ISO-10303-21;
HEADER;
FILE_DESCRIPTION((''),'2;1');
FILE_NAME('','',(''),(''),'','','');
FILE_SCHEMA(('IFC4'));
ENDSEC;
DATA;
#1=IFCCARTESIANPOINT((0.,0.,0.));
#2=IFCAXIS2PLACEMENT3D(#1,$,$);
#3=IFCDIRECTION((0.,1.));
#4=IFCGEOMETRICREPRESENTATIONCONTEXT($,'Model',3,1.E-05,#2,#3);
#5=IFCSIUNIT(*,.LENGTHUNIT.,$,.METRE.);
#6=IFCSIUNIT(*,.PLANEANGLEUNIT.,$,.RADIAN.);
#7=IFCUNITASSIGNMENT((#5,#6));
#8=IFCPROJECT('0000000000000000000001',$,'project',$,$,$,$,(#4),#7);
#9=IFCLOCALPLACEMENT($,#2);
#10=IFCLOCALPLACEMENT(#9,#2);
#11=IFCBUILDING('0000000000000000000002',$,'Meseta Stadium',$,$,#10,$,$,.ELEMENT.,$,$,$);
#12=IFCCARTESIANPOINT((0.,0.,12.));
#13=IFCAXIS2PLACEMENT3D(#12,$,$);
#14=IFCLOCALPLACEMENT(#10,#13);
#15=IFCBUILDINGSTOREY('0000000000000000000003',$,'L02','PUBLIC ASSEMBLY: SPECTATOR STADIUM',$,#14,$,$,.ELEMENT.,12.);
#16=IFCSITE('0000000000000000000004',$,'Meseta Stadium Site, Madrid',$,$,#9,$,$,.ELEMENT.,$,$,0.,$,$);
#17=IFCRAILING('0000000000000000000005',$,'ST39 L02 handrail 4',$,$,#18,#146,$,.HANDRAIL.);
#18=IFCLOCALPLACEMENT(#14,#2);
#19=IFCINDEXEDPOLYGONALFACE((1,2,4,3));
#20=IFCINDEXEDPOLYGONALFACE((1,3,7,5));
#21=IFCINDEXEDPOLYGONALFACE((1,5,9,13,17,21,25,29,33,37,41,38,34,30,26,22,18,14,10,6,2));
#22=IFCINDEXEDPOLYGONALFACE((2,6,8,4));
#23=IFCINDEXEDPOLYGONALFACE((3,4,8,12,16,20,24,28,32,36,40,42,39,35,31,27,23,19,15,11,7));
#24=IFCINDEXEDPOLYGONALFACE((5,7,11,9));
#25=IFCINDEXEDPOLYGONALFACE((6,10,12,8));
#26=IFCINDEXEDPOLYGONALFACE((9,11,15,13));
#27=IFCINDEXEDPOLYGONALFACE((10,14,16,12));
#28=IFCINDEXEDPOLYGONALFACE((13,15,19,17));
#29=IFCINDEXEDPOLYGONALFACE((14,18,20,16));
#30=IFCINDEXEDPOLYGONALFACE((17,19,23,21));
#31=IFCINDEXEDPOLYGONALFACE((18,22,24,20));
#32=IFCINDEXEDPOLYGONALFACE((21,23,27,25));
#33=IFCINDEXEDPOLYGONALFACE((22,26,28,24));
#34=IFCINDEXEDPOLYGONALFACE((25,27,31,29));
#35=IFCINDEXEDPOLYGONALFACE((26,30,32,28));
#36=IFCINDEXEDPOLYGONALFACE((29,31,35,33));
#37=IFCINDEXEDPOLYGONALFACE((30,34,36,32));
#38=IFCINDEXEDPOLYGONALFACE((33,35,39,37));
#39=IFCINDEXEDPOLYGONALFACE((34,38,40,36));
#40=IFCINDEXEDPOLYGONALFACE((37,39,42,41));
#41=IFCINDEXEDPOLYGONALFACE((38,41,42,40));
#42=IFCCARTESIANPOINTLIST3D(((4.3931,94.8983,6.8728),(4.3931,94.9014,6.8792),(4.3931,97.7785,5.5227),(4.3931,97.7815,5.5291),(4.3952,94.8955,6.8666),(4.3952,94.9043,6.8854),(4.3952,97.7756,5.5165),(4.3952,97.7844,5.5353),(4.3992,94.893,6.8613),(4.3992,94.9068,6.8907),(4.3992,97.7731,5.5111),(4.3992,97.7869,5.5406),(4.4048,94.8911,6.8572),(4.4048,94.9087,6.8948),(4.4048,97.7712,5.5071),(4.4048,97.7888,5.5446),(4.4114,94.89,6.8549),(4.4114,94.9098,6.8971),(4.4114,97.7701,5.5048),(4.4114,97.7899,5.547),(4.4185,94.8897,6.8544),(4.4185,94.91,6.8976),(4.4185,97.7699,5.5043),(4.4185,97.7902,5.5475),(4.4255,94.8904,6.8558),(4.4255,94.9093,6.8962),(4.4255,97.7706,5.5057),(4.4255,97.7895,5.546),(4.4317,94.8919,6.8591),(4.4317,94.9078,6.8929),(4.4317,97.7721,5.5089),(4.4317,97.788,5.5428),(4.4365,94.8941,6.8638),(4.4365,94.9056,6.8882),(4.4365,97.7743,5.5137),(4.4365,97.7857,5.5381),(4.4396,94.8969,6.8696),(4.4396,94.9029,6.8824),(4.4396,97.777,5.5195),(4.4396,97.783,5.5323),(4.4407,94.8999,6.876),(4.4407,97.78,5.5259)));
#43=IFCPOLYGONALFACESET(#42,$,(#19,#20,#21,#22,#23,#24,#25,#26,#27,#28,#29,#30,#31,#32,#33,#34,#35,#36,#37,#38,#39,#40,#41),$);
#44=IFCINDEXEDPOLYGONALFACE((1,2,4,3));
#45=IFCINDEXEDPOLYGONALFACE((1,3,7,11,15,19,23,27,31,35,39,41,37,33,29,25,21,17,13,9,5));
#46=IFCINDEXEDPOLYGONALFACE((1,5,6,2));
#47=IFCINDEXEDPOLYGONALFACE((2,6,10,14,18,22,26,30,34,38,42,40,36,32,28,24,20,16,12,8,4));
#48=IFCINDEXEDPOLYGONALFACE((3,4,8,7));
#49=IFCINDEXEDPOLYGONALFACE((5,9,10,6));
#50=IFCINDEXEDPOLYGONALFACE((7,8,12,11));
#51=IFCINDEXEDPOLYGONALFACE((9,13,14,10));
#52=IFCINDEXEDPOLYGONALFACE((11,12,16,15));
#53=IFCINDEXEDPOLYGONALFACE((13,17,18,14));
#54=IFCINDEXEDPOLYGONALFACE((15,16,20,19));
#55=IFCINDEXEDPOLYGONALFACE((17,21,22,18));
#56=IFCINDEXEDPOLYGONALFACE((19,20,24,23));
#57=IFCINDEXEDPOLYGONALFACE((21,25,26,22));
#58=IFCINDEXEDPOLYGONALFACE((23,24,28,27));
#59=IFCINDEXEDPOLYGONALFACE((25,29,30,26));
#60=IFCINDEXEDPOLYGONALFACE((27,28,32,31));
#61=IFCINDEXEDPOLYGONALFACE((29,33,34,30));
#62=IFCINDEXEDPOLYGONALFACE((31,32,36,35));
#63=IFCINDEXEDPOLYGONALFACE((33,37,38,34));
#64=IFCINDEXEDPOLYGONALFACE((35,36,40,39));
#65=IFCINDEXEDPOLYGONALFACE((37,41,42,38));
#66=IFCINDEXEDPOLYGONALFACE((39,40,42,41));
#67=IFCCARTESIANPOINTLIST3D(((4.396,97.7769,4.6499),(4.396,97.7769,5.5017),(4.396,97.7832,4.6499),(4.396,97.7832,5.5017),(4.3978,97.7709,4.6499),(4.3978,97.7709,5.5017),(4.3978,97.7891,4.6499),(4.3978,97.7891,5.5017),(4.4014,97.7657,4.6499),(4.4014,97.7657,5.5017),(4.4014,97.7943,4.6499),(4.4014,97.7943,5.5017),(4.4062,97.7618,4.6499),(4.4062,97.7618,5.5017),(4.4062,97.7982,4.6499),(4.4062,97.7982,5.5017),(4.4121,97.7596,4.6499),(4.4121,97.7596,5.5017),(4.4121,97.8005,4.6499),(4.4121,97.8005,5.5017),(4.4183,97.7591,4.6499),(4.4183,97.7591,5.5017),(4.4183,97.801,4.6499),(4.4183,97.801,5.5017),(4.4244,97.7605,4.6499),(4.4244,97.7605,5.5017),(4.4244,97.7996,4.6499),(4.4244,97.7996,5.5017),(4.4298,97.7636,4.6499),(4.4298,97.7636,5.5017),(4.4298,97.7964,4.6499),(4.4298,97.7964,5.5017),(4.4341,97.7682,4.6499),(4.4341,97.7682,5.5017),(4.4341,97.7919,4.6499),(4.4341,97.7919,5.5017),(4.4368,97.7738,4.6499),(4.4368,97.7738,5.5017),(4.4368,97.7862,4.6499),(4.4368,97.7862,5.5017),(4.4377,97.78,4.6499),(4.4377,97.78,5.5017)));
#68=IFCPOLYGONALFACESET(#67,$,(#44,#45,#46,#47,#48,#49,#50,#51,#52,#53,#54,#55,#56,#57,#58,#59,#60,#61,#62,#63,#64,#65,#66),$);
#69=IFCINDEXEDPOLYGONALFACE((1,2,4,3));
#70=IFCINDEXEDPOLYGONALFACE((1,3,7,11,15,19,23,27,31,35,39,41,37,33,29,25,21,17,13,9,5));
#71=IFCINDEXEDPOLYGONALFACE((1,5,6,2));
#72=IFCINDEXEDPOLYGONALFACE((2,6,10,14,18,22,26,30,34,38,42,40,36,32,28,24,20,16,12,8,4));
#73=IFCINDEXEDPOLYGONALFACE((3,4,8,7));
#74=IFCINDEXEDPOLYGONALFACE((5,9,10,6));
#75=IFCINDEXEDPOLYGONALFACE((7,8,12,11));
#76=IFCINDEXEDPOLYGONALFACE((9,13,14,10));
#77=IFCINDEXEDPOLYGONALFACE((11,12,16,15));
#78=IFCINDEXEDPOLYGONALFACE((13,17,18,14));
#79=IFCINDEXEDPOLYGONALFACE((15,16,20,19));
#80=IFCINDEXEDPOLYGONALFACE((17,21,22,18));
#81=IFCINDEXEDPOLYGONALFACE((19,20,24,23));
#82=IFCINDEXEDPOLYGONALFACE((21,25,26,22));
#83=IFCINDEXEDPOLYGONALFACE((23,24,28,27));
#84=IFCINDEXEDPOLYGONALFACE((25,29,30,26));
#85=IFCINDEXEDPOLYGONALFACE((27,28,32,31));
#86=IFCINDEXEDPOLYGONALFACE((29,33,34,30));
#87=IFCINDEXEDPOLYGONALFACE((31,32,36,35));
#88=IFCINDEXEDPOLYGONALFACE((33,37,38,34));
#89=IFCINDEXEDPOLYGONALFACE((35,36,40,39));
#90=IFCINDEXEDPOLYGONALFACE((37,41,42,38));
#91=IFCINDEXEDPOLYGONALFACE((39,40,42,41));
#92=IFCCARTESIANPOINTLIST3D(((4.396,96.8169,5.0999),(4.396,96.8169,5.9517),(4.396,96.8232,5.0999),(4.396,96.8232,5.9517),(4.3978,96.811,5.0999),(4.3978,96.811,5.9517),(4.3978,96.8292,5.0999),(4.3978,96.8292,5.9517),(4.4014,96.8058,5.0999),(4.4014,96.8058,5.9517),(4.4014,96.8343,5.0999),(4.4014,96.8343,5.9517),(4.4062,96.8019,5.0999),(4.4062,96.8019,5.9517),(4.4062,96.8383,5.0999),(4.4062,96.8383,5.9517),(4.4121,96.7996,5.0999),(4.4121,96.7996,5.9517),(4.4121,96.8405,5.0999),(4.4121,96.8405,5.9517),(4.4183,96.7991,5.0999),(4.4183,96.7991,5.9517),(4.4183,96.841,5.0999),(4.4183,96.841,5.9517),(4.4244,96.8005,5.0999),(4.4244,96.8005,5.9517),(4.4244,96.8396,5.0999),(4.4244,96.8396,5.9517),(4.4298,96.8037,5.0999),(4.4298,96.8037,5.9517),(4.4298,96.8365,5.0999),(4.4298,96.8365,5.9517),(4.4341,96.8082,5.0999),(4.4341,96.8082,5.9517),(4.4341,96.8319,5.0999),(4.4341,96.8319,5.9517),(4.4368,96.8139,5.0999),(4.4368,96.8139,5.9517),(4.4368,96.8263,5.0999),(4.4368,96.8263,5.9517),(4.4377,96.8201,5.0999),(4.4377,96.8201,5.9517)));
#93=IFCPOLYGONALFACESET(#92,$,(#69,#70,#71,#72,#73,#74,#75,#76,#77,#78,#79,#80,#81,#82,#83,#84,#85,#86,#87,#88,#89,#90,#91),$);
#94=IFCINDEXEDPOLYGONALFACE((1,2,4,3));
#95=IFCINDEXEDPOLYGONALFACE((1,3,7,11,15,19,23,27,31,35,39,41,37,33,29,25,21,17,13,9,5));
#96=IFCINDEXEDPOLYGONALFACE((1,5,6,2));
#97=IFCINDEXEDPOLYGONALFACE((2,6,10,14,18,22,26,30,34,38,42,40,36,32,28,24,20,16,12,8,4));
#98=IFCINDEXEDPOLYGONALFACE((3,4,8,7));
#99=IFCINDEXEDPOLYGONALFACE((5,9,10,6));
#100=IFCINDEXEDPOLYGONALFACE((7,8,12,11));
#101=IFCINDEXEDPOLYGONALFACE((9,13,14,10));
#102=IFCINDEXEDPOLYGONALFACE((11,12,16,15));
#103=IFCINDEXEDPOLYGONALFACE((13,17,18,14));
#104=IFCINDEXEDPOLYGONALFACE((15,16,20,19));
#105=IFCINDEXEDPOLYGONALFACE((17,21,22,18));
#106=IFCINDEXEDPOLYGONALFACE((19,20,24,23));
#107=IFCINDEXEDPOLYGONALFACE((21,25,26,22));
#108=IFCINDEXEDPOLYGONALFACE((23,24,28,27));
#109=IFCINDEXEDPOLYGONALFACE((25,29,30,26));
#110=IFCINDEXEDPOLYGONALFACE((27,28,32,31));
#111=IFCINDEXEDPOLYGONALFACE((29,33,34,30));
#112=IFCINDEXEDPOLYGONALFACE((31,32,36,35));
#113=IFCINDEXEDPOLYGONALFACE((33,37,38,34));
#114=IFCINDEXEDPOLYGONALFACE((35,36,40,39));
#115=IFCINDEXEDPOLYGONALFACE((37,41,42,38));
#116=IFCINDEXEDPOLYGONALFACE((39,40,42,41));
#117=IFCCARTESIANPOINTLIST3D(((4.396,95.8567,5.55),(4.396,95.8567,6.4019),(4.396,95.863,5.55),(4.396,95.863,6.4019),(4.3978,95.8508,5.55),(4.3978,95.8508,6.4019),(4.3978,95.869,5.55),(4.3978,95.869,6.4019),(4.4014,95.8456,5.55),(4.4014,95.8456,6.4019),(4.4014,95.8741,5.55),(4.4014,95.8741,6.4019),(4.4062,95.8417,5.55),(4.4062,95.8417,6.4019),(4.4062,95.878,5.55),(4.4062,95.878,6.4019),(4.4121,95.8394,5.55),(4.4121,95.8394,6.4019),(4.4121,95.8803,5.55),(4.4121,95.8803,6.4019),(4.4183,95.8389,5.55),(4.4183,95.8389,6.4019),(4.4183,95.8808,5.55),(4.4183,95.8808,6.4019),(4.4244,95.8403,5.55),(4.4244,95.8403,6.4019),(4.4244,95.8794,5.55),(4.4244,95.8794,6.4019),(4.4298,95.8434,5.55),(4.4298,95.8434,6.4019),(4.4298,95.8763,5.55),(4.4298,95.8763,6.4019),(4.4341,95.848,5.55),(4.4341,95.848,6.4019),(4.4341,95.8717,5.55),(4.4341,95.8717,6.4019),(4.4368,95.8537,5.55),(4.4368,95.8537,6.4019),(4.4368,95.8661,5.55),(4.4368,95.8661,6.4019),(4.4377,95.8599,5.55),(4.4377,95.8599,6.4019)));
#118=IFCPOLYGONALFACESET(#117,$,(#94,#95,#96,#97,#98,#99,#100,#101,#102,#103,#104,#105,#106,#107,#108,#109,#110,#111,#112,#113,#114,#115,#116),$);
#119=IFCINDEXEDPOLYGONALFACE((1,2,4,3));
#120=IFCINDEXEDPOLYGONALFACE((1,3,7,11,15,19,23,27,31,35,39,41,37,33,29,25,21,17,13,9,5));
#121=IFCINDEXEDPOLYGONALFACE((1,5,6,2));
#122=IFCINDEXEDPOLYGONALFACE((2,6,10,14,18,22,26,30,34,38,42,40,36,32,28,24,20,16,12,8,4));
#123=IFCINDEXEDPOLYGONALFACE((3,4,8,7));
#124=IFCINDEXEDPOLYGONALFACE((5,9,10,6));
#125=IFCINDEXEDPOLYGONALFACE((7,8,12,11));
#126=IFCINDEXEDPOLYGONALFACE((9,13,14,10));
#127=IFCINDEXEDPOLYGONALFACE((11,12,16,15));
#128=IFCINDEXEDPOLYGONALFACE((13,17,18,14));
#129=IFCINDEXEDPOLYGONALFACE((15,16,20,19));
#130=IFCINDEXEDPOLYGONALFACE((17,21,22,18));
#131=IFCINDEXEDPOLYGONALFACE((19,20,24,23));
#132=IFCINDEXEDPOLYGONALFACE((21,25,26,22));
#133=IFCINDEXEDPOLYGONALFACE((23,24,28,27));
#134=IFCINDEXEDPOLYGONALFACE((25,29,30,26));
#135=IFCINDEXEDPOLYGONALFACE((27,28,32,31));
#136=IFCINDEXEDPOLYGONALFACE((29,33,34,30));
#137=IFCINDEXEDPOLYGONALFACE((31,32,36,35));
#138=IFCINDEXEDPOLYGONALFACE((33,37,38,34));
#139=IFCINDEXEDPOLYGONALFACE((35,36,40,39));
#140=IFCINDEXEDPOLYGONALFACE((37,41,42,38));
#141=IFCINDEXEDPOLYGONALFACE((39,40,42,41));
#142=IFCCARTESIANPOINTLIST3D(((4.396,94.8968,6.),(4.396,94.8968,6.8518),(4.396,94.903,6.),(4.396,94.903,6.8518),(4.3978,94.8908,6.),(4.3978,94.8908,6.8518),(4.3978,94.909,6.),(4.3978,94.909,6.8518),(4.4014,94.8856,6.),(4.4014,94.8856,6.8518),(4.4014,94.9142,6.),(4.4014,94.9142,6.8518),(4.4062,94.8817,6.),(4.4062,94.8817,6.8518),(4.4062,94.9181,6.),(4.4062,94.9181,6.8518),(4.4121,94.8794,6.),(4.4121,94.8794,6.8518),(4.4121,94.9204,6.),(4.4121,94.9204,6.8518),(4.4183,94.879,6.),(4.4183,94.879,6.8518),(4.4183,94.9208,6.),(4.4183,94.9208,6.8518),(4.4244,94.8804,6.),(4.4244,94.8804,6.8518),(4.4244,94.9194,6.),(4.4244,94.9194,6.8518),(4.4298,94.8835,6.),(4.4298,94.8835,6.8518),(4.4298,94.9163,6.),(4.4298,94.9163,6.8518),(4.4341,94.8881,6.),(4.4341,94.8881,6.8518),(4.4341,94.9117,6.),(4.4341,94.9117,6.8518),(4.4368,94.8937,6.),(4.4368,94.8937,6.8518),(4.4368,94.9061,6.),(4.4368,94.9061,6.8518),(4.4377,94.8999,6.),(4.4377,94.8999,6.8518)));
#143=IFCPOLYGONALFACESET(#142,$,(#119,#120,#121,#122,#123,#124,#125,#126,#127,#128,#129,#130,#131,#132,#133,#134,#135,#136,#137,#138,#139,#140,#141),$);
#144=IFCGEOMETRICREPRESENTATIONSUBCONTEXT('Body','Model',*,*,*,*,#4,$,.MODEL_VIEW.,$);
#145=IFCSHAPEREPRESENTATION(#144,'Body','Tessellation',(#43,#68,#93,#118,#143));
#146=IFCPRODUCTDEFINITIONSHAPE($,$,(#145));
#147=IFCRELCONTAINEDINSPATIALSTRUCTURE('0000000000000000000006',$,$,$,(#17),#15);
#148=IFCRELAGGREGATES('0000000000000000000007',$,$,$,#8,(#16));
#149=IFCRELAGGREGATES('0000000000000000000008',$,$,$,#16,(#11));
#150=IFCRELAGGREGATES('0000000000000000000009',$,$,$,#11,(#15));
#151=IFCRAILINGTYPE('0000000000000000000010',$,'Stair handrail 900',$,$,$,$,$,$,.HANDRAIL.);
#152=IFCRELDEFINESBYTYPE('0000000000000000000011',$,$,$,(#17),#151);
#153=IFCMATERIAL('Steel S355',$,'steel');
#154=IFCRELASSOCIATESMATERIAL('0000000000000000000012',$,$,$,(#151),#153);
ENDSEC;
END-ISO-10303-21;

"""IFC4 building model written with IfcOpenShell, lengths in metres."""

from ifc_helpers import new_model, si_unit, direction, frame, origin, origin_2d, place, context, subcontext, project, spatial, circle, extrude, material, type_object, element, save


model = new_model("IFC4")

# Units and contexts
model_context = context("Model", 3, precision=1e-05, world=origin(), true_north=direction((0.0, 1.0)))
body_context = subcontext(model_context, "Body", "Model", "MODEL_VIEW")
ifc_project = project(units=[si_unit("LENGTHUNIT", "METRE"), si_unit("PLANEANGLEUNIT", "RADIAN")], contexts=[model_context])

# Site, building, storey
site_placement = place(None, origin())
site = spatial("IfcSite", under=ifc_project, at=site_placement, Name="Meseta Stadium Site, Madrid", CompositionType="ELEMENT", RefElevation=0.0)
building_placement = place(site_placement, origin())
building = spatial("IfcBuilding", under=site, at=building_placement, Name="Meseta Stadium", CompositionType="ELEMENT")
storey_placement = place(building_placement, frame((0.0, 0.0, 12.0)))
storey = spatial("IfcBuildingStorey", under=building, at=storey_placement, Name="L02", Description="PUBLIC ASSEMBLY: SPECTATOR STADIUM", CompositionType="ELEMENT", Elevation=12.0)

# Railing
ifc_material_1 = material(Name="Steel S355", Category="steel")
railing_type_1 = type_object("IfcRailingType", Name="Stair handrail 900", PredefinedType="HANDRAIL", material=ifc_material_1)
railing_1_placement = place(storey_placement, frame((4.4167, 97.78, 4.6499)))
element("IfcRailing", 1, at=railing_1_placement, inside=storey, type_object=railing_type_1, Name="ST39 L02 handrail 4", PredefinedType="HANDRAIL", context=body_context, shape_type="SweptSolid", body=[
    extrude(circle(Radius=0.0239, at=origin_2d()), frame((0.0, 0.0, 0.876), z_axis=(0.0, -0.905454, 0.424444), x_axis=(1.0, 0.0, 0.0)), (0.0, 0.0, 1.0), 3.1809),
    extrude(circle(Radius=0.021, at=origin_2d()), origin(), (0.0, 0.0, 1.0), 0.8518),
    extrude(circle(Radius=0.021, at=origin_2d()), frame((0.0, -0.96, 0.45)), (0.0, 0.0, 1.0), 0.8518),
    extrude(circle(Radius=0.021, at=origin_2d()), frame((0.0, -1.9202, 0.9001)), (0.0, 0.0, 1.0), 0.8518),
    extrude(circle(Radius=0.021, at=origin_2d()), frame((0.0, -2.8801, 1.3501)), (0.0, 0.0, 1.0), 0.8518),
])

save(model, "model.ifc")
